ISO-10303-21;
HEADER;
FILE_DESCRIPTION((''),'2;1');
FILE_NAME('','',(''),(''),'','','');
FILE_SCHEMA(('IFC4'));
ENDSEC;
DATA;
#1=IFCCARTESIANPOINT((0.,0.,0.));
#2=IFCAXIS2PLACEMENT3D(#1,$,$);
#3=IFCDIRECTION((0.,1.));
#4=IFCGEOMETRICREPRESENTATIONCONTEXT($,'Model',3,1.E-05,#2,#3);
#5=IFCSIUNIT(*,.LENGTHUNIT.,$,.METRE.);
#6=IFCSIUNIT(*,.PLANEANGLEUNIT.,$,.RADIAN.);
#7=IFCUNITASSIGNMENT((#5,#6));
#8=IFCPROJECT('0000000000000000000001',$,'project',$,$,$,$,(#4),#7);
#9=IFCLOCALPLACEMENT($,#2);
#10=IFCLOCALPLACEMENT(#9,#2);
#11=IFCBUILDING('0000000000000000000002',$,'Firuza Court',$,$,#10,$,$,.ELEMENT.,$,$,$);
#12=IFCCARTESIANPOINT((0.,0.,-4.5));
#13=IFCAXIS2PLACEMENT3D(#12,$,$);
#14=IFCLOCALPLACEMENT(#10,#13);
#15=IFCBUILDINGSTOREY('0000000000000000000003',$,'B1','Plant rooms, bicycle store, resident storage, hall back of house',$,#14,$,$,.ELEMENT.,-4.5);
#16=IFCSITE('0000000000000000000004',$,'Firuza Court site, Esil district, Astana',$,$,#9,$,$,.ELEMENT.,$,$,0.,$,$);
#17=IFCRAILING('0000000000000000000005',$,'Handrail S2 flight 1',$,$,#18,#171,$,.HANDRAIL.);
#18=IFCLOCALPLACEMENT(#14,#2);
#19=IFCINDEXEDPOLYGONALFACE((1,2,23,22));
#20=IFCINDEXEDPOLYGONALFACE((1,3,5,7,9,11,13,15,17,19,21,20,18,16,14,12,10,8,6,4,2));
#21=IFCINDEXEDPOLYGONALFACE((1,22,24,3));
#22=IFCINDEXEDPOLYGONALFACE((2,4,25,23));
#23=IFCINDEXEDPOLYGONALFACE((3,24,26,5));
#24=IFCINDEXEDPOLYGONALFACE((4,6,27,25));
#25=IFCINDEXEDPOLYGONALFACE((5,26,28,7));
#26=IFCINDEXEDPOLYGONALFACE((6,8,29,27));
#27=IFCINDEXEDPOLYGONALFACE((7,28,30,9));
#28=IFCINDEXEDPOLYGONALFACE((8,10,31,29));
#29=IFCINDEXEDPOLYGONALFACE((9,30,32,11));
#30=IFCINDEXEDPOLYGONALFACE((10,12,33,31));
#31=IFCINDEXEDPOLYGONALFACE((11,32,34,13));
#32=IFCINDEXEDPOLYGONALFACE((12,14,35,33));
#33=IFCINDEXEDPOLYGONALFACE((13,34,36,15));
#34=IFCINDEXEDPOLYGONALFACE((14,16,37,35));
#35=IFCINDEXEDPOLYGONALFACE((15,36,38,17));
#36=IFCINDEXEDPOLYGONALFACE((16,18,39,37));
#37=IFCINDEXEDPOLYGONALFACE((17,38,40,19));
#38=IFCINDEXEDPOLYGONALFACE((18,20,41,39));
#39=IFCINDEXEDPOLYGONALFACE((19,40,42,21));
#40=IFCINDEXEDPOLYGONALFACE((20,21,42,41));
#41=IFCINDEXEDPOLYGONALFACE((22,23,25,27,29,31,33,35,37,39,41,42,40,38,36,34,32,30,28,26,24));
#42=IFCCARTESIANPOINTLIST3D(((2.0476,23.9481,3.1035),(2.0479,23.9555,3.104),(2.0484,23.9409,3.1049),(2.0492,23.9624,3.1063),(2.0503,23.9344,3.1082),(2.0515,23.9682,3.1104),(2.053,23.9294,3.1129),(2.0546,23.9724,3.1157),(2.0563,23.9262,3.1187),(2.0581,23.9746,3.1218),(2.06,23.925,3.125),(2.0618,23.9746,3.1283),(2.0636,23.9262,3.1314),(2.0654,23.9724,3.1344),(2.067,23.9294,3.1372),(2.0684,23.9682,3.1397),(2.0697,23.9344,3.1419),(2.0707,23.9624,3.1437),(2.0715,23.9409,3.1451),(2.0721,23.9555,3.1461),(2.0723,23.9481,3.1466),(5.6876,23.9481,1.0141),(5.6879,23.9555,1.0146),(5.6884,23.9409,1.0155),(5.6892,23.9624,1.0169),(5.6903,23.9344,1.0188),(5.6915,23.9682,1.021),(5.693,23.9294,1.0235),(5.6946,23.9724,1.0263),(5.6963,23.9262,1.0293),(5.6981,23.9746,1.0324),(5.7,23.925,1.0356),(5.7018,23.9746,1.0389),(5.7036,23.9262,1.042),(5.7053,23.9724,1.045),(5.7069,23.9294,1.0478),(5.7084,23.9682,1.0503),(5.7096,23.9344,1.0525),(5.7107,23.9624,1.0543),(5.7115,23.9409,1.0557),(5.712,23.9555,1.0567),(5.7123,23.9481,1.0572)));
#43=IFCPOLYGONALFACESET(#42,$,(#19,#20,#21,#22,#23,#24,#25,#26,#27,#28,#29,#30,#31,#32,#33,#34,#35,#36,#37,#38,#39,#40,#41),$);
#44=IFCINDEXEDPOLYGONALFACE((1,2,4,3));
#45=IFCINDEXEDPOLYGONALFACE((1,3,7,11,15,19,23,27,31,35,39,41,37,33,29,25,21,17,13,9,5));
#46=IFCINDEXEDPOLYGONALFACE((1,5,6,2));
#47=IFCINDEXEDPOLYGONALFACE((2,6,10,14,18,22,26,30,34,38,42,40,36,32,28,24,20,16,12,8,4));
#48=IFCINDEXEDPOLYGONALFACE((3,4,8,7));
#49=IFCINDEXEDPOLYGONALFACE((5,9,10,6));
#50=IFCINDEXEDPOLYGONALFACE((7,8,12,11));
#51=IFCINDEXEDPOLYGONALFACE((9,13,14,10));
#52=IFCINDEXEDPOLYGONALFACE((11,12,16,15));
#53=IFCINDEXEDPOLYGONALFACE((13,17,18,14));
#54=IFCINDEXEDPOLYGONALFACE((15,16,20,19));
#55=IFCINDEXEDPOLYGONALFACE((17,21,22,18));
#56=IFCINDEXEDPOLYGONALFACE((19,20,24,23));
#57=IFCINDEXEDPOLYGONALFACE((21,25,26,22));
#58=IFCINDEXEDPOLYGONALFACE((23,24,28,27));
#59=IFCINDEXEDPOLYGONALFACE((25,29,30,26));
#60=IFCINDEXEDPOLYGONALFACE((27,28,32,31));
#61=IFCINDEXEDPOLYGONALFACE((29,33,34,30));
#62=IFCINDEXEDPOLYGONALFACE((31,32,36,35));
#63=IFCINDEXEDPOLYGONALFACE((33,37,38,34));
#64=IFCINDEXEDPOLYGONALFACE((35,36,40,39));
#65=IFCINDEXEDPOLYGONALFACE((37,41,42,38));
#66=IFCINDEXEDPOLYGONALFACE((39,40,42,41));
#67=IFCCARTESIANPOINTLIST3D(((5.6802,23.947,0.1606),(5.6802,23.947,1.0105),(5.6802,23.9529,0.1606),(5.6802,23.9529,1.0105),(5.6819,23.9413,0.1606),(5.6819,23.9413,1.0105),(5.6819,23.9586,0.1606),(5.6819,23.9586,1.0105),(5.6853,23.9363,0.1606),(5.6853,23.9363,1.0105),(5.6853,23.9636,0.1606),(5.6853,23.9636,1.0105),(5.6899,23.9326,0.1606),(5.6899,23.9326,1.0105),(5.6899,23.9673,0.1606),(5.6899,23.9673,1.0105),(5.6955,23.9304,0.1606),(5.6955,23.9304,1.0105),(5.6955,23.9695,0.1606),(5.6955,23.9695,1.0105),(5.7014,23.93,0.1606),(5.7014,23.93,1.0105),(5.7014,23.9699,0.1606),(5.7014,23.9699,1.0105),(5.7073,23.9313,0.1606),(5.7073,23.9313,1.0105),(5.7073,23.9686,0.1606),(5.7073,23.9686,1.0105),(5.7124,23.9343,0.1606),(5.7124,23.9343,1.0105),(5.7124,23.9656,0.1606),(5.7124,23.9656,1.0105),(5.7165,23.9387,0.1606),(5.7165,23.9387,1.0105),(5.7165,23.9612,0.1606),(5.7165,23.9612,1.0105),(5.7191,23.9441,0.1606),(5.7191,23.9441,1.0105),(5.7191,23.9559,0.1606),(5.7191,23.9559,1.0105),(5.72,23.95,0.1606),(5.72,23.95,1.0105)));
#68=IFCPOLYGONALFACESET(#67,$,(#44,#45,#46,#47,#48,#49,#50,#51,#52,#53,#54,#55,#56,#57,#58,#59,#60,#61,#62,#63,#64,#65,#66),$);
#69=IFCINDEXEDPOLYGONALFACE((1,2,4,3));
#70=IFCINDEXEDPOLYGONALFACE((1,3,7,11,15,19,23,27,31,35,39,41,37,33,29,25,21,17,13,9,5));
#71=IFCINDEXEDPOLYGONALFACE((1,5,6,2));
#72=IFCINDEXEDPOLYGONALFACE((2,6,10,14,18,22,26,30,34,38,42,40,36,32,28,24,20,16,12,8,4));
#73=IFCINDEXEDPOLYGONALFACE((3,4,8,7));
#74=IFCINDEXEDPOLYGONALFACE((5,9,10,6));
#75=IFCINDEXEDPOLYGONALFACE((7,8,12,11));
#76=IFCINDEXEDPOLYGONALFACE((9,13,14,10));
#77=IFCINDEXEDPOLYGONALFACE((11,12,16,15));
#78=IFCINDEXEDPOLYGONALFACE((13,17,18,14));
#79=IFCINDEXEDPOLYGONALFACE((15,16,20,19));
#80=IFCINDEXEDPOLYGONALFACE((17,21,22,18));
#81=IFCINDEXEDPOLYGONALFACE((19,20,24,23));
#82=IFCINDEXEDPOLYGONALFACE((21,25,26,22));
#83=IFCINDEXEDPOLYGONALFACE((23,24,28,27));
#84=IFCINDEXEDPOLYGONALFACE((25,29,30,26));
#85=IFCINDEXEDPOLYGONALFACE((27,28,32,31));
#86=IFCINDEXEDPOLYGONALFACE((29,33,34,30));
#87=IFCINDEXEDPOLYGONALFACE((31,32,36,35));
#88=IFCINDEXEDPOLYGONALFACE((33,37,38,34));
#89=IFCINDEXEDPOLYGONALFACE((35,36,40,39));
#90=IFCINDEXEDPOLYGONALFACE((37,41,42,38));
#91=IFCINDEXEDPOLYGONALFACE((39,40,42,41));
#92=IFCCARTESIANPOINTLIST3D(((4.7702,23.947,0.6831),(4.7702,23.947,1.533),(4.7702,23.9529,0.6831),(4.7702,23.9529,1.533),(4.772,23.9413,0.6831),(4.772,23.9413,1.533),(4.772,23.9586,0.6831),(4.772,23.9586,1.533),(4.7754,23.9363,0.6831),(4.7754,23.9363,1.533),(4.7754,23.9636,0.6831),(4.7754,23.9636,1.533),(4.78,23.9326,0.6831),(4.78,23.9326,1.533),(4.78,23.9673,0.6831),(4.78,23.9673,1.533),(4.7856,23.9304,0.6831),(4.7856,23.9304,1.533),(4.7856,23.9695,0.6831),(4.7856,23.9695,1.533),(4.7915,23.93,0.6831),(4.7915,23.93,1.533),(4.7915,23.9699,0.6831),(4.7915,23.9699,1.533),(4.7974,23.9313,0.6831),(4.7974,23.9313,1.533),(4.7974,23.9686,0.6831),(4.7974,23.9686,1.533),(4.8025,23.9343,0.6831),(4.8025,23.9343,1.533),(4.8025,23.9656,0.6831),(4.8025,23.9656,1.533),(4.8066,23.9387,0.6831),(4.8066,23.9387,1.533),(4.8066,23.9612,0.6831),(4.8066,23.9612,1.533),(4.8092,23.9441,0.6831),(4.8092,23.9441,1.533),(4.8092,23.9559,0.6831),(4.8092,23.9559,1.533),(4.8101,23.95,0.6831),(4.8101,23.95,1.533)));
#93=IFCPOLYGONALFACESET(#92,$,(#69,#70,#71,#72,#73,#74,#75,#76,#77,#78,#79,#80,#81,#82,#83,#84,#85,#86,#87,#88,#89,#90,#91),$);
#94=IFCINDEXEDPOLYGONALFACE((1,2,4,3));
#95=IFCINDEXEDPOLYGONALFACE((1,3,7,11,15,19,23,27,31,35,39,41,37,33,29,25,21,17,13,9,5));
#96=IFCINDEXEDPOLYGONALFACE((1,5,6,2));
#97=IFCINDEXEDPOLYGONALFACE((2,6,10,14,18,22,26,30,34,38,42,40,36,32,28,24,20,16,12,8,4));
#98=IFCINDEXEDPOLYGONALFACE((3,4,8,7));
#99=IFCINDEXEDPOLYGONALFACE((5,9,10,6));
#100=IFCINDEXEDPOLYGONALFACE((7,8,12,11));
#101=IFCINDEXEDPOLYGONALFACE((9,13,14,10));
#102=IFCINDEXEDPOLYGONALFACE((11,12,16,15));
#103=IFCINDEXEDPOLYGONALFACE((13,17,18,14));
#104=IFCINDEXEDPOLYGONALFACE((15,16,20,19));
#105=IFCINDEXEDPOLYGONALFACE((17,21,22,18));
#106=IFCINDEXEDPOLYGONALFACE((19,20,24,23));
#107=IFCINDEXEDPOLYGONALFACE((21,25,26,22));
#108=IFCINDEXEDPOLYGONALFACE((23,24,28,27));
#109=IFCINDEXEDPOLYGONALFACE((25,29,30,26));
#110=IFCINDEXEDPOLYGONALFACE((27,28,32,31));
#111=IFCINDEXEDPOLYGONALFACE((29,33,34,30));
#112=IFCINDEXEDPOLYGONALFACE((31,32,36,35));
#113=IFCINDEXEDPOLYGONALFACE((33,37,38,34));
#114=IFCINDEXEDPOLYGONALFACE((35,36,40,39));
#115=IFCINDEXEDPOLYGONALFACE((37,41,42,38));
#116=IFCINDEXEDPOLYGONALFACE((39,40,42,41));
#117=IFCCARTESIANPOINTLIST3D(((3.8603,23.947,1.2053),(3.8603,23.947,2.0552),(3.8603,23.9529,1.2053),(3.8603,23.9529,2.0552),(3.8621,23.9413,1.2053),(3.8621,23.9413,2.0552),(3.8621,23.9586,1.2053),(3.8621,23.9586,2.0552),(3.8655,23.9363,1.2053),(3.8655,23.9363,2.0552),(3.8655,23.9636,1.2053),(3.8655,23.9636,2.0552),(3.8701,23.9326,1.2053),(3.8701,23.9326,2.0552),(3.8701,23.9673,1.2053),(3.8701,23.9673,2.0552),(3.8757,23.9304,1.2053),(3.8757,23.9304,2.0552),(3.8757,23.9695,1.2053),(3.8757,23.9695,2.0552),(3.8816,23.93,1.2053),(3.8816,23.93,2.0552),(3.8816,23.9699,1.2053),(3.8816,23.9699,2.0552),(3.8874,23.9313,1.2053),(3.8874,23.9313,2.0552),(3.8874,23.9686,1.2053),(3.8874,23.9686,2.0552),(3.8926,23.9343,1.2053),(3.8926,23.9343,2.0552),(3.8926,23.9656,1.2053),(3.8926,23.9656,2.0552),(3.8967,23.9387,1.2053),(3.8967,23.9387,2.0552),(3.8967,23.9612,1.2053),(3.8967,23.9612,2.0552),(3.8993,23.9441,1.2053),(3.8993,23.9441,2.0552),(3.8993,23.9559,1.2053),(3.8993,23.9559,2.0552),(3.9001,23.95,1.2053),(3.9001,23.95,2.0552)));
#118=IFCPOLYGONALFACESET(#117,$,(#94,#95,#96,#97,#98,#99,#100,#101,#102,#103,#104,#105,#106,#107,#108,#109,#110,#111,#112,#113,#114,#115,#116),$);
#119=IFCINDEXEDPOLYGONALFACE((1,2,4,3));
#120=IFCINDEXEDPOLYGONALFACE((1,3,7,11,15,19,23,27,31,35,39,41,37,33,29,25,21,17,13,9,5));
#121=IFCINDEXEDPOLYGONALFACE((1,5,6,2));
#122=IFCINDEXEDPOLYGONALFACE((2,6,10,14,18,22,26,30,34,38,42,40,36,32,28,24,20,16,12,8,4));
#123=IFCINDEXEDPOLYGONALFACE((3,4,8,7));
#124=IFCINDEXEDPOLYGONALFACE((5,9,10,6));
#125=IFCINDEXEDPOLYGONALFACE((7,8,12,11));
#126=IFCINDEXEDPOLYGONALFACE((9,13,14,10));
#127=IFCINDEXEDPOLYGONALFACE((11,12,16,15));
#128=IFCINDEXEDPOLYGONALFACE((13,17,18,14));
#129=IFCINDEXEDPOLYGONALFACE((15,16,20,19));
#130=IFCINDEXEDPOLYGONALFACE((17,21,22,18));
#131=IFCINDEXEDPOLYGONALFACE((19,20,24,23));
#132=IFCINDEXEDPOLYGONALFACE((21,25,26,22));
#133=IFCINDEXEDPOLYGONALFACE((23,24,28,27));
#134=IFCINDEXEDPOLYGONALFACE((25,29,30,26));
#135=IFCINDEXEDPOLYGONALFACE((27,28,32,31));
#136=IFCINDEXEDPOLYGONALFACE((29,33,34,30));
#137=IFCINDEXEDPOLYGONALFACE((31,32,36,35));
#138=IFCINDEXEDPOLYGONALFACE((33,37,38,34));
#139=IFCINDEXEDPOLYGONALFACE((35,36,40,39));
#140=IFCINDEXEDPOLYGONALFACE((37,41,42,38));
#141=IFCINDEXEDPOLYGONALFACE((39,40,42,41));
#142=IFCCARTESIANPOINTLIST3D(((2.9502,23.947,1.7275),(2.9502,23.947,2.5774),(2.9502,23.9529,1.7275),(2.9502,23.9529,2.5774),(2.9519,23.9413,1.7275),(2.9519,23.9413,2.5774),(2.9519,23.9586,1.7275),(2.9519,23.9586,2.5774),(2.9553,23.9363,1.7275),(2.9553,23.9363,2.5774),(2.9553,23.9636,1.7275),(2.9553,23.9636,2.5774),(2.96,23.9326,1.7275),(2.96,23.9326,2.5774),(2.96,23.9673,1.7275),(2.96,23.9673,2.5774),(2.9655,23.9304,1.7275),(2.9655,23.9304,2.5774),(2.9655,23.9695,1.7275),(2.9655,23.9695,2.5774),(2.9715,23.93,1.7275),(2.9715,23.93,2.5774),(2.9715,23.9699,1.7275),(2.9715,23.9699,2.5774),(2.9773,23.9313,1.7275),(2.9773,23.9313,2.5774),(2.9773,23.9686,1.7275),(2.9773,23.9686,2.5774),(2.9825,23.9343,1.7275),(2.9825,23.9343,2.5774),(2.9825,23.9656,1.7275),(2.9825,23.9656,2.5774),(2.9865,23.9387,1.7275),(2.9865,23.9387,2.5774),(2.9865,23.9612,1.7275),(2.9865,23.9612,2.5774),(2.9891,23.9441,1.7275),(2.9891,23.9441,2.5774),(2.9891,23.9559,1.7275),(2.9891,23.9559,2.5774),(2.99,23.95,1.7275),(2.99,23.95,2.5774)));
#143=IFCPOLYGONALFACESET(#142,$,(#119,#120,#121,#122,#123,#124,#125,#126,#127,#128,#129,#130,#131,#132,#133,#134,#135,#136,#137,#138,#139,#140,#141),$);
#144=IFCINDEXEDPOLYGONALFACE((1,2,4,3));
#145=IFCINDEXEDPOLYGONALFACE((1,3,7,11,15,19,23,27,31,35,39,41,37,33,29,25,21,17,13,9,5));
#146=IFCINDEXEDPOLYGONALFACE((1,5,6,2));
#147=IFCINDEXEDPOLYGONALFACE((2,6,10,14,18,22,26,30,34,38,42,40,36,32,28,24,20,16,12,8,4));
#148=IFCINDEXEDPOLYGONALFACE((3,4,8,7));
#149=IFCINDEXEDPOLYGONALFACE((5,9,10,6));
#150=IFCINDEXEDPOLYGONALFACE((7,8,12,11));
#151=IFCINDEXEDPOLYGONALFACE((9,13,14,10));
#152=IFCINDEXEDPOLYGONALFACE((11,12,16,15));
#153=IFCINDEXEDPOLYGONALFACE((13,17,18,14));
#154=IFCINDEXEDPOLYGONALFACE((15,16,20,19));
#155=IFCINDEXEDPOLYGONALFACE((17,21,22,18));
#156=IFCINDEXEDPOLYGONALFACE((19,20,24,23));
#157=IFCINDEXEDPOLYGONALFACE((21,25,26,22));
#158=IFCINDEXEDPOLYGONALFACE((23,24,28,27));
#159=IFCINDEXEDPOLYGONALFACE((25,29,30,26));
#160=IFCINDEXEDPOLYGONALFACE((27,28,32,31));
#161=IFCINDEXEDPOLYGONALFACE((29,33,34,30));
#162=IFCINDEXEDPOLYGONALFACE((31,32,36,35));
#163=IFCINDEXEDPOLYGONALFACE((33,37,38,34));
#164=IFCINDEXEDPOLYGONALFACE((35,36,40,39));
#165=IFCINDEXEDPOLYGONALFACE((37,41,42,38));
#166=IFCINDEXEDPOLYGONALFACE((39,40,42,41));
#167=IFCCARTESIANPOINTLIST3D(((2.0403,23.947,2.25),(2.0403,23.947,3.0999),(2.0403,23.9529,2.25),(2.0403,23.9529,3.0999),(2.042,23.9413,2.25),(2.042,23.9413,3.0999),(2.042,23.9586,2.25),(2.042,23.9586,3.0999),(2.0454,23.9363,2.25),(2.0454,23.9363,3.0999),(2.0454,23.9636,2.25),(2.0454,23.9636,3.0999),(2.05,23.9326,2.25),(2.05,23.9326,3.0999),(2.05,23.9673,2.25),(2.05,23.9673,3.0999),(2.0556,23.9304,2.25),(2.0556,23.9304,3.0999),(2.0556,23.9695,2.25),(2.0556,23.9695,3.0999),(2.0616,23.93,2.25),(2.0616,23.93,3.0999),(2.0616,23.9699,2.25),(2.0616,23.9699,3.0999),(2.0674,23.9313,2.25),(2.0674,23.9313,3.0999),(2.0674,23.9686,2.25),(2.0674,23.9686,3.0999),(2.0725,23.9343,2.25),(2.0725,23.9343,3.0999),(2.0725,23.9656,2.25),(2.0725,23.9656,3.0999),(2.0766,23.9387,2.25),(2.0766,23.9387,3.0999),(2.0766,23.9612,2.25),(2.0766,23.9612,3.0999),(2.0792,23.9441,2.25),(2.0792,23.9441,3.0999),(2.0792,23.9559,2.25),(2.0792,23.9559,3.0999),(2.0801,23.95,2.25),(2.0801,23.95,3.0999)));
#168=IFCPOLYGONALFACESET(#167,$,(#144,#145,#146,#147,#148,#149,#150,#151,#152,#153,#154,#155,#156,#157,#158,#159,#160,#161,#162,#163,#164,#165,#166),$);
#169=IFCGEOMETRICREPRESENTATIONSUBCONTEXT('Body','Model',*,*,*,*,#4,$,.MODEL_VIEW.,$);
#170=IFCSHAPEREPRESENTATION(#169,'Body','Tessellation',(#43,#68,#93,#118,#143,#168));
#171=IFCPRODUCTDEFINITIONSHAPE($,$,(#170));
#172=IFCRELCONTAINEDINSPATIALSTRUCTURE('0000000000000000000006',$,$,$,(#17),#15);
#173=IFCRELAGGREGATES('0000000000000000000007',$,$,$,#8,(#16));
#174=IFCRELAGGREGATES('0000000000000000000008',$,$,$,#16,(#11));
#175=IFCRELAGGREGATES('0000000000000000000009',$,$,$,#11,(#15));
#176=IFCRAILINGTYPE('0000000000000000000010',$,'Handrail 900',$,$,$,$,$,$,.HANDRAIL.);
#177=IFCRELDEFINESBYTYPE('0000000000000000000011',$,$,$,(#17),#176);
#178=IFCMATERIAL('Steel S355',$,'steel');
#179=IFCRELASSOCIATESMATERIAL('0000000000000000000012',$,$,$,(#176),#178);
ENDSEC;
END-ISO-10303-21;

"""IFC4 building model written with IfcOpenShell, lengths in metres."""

from ifc_helpers import new_model, si_unit, direction, frame, origin, origin_2d, place, context, subcontext, project, spatial, circle, extrude, material, type_object, element, save


model = new_model("IFC4")

# Units and contexts
model_context = context("Model", 3, precision=1e-05, world=origin(), true_north=direction((0.0, 1.0)))
body_context = subcontext(model_context, "Body", "Model", "MODEL_VIEW")
ifc_project = project(units=[si_unit("LENGTHUNIT", "METRE"), si_unit("PLANEANGLEUNIT", "RADIAN")], contexts=[model_context])

# Site, building, storey
site_placement = place(None, origin())
site = spatial("IfcSite", under=ifc_project, at=site_placement, Name="Firuza Court site, Esil district, Astana", CompositionType="ELEMENT", RefElevation=0.0)
building_placement = place(site_placement, origin())
building = spatial("IfcBuilding", under=site, at=building_placement, Name="Firuza Court", CompositionType="ELEMENT")
storey_placement = place(building_placement, frame((0.0, 0.0, -4.5)))
storey = spatial("IfcBuildingStorey", under=building, at=storey_placement, Name="B1", Description="Plant rooms, bicycle store, resident storage, hall back of house", CompositionType="ELEMENT", Elevation=-4.5)

# Railing
ifc_material_1 = material(Name="Steel S355", Category="steel")
railing_type_1 = type_object("IfcRailingType", Name="Handrail 900", PredefinedType="HANDRAIL", material=ifc_material_1)
railing_1_placement = place(storey_placement, frame((5.7, 23.95, 0.1606)))
element("IfcRailing", 1, at=railing_1_placement, inside=storey, type_object=railing_type_1, Name="Handrail S2 flight 1", PredefinedType="HANDRAIL", context=body_context, shape_type="SweptSolid", body=[
    extrude(circle(Radius=0.0249, at=origin_2d()), frame((0.0, 0.0, 0.875), z_axis=(-0.867275, 0.0, 0.497829), x_axis=(0.0, -1.0, 0.0)), (0.0, 0.0, 1.0), 4.197),
    extrude(circle(Radius=0.02, at=origin_2d()), origin(), (0.0, 0.0, 1.0), 0.8499),
    extrude(circle(Radius=0.02, at=origin_2d()), frame((-0.9099, 0.0, 0.5225)), (0.0, 0.0, 1.0), 0.8499),
    extrude(circle(Radius=0.02, at=origin_2d()), frame((-1.8198, 0.0, 1.0447)), (0.0, 0.0, 1.0), 0.8499),
    extrude(circle(Radius=0.02, at=origin_2d()), frame((-2.73, 0.0, 1.5669)), (0.0, 0.0, 1.0), 0.8499),
    extrude(circle(Radius=0.02, at=origin_2d()), frame((-3.6399, 0.0, 2.0894)), (0.0, 0.0, 1.0), 0.8499),
])

save(model, "model.ifc")
